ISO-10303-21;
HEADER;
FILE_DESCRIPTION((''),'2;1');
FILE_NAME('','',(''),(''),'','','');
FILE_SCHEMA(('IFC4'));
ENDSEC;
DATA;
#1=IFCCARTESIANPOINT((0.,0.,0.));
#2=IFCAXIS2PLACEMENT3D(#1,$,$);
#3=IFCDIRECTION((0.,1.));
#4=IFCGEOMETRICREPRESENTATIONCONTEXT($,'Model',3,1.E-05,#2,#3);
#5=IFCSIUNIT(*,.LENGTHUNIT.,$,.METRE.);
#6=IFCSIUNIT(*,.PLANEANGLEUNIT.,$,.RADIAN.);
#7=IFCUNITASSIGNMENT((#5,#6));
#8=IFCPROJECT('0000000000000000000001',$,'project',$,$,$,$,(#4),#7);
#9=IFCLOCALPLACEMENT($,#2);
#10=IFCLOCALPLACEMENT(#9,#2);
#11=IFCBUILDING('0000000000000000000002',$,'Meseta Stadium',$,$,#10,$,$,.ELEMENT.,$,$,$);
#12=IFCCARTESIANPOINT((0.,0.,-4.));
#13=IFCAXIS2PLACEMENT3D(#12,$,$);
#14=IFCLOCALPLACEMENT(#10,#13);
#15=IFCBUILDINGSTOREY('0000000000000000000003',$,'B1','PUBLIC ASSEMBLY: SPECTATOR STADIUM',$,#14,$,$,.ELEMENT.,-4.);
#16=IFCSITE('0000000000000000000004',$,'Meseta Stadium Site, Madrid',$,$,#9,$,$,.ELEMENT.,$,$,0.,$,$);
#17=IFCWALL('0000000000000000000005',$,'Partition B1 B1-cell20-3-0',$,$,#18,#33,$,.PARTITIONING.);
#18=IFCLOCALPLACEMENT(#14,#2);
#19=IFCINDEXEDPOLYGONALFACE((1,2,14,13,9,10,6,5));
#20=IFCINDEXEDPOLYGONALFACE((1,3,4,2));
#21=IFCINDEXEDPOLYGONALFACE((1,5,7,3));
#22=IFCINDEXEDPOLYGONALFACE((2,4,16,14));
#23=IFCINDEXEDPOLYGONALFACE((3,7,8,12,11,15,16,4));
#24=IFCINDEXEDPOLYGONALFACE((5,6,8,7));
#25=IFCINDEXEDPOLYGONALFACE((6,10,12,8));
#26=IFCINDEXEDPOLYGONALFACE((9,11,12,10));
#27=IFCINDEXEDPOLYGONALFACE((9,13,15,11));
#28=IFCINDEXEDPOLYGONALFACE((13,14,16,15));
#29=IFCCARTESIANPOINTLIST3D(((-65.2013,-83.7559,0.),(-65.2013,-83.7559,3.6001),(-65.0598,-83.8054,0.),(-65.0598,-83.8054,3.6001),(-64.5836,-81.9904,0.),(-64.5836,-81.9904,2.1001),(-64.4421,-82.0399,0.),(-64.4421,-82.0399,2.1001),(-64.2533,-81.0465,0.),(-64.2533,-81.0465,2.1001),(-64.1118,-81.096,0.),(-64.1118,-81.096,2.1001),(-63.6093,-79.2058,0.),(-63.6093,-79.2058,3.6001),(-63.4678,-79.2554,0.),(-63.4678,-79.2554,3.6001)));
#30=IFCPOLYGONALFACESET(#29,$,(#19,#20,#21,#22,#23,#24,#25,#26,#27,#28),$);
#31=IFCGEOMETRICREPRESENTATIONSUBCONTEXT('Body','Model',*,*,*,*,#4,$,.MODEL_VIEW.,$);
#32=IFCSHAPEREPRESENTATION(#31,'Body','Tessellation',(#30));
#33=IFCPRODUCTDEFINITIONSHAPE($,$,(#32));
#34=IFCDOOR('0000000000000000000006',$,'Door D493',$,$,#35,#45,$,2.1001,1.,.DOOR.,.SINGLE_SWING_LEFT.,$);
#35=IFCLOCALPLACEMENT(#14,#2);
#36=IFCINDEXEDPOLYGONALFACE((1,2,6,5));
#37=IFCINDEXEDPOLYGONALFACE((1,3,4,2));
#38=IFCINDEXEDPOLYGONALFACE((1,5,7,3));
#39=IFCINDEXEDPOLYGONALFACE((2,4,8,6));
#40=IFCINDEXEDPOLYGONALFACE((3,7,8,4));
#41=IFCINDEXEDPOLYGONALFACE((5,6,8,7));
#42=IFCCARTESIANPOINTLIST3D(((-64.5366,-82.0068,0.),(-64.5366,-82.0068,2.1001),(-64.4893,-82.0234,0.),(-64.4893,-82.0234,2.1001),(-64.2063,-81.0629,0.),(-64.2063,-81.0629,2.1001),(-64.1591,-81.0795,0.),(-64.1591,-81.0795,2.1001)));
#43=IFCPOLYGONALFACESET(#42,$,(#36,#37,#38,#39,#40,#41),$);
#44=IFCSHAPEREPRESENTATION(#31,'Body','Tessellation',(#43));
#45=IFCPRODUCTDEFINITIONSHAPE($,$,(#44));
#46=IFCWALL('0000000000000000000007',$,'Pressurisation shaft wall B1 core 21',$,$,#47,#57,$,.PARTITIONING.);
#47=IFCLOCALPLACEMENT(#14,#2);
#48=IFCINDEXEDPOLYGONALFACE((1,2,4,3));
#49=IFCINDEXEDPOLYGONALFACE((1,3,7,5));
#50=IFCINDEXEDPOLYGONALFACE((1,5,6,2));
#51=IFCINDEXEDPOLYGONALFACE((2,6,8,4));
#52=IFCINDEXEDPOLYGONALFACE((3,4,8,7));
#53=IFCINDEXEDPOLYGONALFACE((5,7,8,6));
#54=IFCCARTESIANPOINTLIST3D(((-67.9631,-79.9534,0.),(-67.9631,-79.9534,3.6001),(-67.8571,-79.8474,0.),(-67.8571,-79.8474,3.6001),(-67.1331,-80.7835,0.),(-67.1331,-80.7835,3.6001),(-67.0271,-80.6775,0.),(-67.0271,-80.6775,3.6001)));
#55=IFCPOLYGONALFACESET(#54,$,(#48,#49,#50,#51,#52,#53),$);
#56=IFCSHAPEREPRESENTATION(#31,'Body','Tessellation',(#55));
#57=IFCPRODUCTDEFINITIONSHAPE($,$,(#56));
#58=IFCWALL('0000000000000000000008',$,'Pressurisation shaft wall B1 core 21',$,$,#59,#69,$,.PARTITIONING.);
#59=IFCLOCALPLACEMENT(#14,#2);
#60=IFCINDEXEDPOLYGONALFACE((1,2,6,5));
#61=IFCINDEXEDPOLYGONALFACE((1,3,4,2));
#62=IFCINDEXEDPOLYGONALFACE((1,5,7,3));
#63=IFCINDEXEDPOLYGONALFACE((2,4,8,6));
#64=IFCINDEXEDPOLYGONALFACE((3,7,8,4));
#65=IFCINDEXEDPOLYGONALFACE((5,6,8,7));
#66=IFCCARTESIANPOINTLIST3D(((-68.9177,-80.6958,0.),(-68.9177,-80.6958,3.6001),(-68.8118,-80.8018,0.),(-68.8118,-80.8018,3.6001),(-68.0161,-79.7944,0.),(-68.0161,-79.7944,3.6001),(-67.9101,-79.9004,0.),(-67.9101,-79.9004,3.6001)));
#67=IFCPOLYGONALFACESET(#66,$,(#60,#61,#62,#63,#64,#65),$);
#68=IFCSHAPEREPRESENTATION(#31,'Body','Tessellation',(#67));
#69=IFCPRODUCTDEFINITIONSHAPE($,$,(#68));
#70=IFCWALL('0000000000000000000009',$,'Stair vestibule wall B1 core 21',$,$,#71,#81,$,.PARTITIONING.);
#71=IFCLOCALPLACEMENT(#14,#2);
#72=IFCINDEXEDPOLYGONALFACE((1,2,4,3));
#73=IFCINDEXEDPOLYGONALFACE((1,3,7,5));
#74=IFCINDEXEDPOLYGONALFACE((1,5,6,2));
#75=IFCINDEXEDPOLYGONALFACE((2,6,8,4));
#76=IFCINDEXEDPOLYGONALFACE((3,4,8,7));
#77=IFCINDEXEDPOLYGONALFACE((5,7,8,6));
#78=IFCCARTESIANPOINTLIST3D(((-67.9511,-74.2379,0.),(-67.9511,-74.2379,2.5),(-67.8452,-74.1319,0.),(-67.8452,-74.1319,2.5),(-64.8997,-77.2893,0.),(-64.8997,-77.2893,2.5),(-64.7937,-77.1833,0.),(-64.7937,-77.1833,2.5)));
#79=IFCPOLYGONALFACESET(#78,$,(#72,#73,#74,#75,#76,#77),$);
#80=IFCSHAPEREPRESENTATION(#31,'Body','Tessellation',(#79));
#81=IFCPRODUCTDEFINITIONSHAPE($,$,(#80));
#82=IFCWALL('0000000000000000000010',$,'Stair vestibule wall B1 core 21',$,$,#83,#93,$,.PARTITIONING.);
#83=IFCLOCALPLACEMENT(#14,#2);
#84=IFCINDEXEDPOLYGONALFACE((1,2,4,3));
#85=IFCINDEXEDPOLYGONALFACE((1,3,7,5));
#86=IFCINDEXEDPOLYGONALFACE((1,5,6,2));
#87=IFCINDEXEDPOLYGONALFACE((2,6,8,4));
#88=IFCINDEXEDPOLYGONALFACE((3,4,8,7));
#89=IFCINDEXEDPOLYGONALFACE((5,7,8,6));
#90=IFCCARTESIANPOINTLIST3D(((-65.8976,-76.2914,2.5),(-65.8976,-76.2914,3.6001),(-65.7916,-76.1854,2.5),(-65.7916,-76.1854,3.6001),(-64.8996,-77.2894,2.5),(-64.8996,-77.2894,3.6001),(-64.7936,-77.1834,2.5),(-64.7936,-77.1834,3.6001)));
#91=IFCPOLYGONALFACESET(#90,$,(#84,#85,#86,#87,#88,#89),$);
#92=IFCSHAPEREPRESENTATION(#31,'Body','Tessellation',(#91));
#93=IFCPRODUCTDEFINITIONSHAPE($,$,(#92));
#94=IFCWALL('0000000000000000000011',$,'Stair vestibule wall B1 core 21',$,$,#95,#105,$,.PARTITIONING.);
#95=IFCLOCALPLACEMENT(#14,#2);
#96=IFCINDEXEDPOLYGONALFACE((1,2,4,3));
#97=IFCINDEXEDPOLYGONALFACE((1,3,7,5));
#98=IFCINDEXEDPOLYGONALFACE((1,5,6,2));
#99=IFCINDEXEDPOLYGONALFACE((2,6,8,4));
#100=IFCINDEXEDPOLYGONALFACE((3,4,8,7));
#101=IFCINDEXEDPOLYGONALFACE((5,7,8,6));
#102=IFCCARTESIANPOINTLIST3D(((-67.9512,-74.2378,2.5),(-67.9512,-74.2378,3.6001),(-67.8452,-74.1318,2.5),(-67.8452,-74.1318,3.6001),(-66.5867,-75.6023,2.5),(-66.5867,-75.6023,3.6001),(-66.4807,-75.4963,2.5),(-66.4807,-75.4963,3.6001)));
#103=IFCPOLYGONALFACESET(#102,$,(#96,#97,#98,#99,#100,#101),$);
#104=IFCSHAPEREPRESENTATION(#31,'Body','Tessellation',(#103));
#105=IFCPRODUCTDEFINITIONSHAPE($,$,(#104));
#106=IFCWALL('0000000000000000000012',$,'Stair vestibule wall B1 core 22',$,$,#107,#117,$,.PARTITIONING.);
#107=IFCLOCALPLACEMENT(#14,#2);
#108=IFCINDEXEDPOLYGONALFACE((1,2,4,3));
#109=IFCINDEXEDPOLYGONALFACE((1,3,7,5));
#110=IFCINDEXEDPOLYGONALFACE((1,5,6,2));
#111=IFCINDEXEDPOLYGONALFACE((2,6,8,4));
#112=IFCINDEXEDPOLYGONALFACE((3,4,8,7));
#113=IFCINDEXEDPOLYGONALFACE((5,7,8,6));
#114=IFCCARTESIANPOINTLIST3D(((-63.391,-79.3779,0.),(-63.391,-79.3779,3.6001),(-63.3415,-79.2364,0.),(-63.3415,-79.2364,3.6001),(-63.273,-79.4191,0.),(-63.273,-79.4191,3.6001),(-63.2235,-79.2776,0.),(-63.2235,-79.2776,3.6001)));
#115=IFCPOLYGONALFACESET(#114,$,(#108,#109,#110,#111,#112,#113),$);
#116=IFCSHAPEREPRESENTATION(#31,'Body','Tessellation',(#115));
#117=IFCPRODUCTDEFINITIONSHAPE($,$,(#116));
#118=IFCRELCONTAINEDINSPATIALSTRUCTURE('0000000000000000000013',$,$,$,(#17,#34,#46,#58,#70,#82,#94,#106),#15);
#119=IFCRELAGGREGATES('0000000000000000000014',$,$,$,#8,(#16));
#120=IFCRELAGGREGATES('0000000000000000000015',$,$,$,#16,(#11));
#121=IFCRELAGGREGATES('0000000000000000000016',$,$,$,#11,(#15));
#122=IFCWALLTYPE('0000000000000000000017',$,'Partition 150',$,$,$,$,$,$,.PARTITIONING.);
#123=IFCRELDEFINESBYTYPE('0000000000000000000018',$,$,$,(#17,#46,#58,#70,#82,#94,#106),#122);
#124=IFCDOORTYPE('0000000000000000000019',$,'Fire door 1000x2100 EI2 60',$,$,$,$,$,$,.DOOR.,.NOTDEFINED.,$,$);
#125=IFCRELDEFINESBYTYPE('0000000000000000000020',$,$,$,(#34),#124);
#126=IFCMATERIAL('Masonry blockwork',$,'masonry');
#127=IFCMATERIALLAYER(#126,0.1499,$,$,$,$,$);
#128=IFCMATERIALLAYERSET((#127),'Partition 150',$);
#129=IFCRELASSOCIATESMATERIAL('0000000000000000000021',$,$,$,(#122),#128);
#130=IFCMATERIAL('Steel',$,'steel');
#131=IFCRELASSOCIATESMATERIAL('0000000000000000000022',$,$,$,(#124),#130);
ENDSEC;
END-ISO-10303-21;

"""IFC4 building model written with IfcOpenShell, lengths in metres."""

from ifc_helpers import new_model, si_unit, direction, frame, frame_2d, origin, place, context, subcontext, project, spatial, rectangle, extrude, material, layer, layer_set, type_object, element, fill, save


model = new_model("IFC4")

# Units and contexts
model_context = context("Model", 3, precision=1e-05, world=origin(), true_north=direction((0.0, 1.0)))
body_context = subcontext(model_context, "Body", "Model", "MODEL_VIEW")
ifc_project = project(units=[si_unit("LENGTHUNIT", "METRE"), si_unit("PLANEANGLEUNIT", "RADIAN")], contexts=[model_context])

# Site, building, storey
site_placement = place(None, origin())
site = spatial("IfcSite", under=ifc_project, at=site_placement, Name="Meseta Stadium Site, Madrid", CompositionType="ELEMENT", RefElevation=0.0)
building_placement = place(site_placement, origin())
building = spatial("IfcBuilding", under=site, at=building_placement, Name="Meseta Stadium", CompositionType="ELEMENT")
storey_placement = place(building_placement, frame((0.0, 0.0, -4.0)))
storey = spatial("IfcBuildingStorey", under=building, at=storey_placement, Name="B1", Description="PUBLIC ASSEMBLY: SPECTATOR STADIUM", CompositionType="ELEMENT", Elevation=-4.0)

# Shared definitions
ifc_material_1 = material(Name="Masonry blockwork", Category="masonry")
ifc_layer = layer(ifc_material_1, 0.1499)
ifc_layer_set = layer_set([ifc_layer], Name="Partition 150")
wall_type = type_object("IfcWallType", Name="Partition 150", PredefinedType="PARTITIONING", material=ifc_layer_set)

# Wall, opening, door
wall_1_placement = place(storey_placement, frame((-63.5386, -79.2307, 0.0), z_axis=(0.0, 0.0, 1.0), x_axis=(-0.330262, -0.943889, 0.0)))
wall_1 = element("IfcWall", 1, at=wall_1_placement, inside=storey, type_object=wall_type, Name="Partition B1 B1-cell20-3-0", PredefinedType="PARTITIONING", context=body_context, shape_type="SweptSolid", body=[
    extrude(rectangle(XDim=4.8206, YDim=0.1499, at=frame_2d((2.4102, 0.0))), origin(), (0.0, 0.0, 1.0), 3.6001),
])
opening_placement = place(wall_1_placement, frame((1.95, 0.0, 0.0)))
opening = element("IfcOpeningElement", 2, at=opening_placement, cuts=wall_1, PredefinedType="OPENING", context=body_context, shape_type="SweptSolid", body=[
    extrude(rectangle(XDim=1.0, YDim=2.1001, at=frame_2d((0.5, 1.05))), frame((0.0, 0.085, 0.0), z_axis=(0.0, -1.0, 0.0), x_axis=(1.0, 0.0, 0.0)), (0.0, 0.0, 1.0), 0.1699),
])
ifc_material_2 = material(Name="Steel", Category="steel")
door_type = type_object("IfcDoorType", Name="Fire door 1000x2100 EI2 60", OperationType="NOTDEFINED", PredefinedType="DOOR", material=ifc_material_2)
door_placement = place(opening_placement, origin())
door = element("IfcDoor", 3, at=door_placement, inside=storey, type_object=door_type, Name="Door D493", OperationType="SINGLE_SWING_LEFT", OverallHeight=2.1001, OverallWidth=1.0, PredefinedType="DOOR", context=body_context, shape_type="SweptSolid", body=[
    extrude(rectangle(XDim=1.0, YDim=2.1001, at=frame_2d((0.5, 1.05))), frame((0.0, 0.0249, 0.0), z_axis=(0.0, -1.0, 0.0), x_axis=(1.0, 0.0, 0.0)), (0.0, 0.0, 1.0), 0.05),
])
fill(opening, door)

# Walls
wall_2_placement = place(storey_placement, frame((-67.0801, -80.7305, 0.0), z_axis=(0.0, 0.0, 1.0), x_axis=(-0.707107, 0.707107, 0.0)))
element("IfcWall", 4, at=wall_2_placement, inside=storey, type_object=wall_type, Name="Pressurisation shaft wall B1 core 21", PredefinedType="PARTITIONING", context=body_context, shape_type="SweptSolid", body=[
    extrude(rectangle(XDim=1.1738, YDim=0.1499, at=frame_2d((0.5869, 0.0))), origin(), (0.0, 0.0, 1.0), 3.6001),
])
wall_3_placement = place(storey_placement, frame((-67.9631, -79.8474, 0.0), z_axis=(0.0, 0.0, 1.0), x_axis=(-0.707203, -0.707011, 0.0)))
element("IfcWall", 5, at=wall_3_placement, inside=storey, type_object=wall_type, Name="Pressurisation shaft wall B1 core 21", PredefinedType="PARTITIONING", context=body_context, shape_type="SweptSolid", body=[
    extrude(rectangle(XDim=1.2749, YDim=0.1499, at=frame_2d((0.6375, 0.0))), origin(), (0.0, 0.0, 1.0), 3.6001),
])
wall_4_placement = place(storey_placement, frame((-64.8467, -77.2363, 0.0), z_axis=(0.0, 0.0, 1.0), x_axis=(-0.707107, 0.707107, 0.0)))
element("IfcWall", 6, at=wall_4_placement, inside=storey, type_object=wall_type, Name="Stair vestibule wall B1 core 21", PredefinedType="PARTITIONING", context=body_context, shape_type="SweptSolid", body=[
    extrude(rectangle(XDim=4.3154, YDim=0.1499, at=frame_2d((2.1577, 0.0))), origin(), (0.0, 0.0, 1.0), 2.5),
])
wall_5_placement = place(storey_placement, frame((-64.8467, -77.2363, 2.5), z_axis=(0.0, 0.0, 1.0), x_axis=(-0.707107, 0.707107, 0.0)))
element("IfcWall", 7, at=wall_5_placement, inside=storey, type_object=wall_type, Name="Stair vestibule wall B1 core 21", PredefinedType="PARTITIONING", context=body_context, shape_type="SweptSolid", body=[
    extrude(rectangle(XDim=1.4114, YDim=0.1499, at=frame_2d((0.7056, 0.0))), origin(), (0.0, 0.0, 1.0), 1.1001),
])
wall_6_placement = place(storey_placement, frame((-66.5337, -75.5493, 2.5), z_axis=(0.0, 0.0, 1.0), x_axis=(-0.707107, 0.707107, 0.0)))
element("IfcWall", 8, at=wall_6_placement, inside=storey, type_object=wall_type, Name="Stair vestibule wall B1 core 21", PredefinedType="PARTITIONING", context=body_context, shape_type="SweptSolid", body=[
    extrude(rectangle(XDim=1.9297, YDim=0.1499, at=frame_2d((0.9648, 0.0))), origin(), (0.0, 0.0, 1.0), 1.1001),
])
wall_7_placement = place(storey_placement, frame((-63.2483, -79.3484, 0.0), z_axis=(0.0, 0.0, 1.0), x_axis=(-0.943889, 0.330263, 0.0)))
element("IfcWall", 9, at=wall_7_placement, inside=storey, type_object=wall_type, Name="Stair vestibule wall B1 core 22", PredefinedType="PARTITIONING", context=body_context, shape_type="SweptSolid", body=[
    extrude(rectangle(XDim=0.125, YDim=0.1499, at=frame_2d((0.0625, 0.0))), origin(), (0.0, 0.0, 1.0), 3.6001),
])

save(model, "model.ifc")
